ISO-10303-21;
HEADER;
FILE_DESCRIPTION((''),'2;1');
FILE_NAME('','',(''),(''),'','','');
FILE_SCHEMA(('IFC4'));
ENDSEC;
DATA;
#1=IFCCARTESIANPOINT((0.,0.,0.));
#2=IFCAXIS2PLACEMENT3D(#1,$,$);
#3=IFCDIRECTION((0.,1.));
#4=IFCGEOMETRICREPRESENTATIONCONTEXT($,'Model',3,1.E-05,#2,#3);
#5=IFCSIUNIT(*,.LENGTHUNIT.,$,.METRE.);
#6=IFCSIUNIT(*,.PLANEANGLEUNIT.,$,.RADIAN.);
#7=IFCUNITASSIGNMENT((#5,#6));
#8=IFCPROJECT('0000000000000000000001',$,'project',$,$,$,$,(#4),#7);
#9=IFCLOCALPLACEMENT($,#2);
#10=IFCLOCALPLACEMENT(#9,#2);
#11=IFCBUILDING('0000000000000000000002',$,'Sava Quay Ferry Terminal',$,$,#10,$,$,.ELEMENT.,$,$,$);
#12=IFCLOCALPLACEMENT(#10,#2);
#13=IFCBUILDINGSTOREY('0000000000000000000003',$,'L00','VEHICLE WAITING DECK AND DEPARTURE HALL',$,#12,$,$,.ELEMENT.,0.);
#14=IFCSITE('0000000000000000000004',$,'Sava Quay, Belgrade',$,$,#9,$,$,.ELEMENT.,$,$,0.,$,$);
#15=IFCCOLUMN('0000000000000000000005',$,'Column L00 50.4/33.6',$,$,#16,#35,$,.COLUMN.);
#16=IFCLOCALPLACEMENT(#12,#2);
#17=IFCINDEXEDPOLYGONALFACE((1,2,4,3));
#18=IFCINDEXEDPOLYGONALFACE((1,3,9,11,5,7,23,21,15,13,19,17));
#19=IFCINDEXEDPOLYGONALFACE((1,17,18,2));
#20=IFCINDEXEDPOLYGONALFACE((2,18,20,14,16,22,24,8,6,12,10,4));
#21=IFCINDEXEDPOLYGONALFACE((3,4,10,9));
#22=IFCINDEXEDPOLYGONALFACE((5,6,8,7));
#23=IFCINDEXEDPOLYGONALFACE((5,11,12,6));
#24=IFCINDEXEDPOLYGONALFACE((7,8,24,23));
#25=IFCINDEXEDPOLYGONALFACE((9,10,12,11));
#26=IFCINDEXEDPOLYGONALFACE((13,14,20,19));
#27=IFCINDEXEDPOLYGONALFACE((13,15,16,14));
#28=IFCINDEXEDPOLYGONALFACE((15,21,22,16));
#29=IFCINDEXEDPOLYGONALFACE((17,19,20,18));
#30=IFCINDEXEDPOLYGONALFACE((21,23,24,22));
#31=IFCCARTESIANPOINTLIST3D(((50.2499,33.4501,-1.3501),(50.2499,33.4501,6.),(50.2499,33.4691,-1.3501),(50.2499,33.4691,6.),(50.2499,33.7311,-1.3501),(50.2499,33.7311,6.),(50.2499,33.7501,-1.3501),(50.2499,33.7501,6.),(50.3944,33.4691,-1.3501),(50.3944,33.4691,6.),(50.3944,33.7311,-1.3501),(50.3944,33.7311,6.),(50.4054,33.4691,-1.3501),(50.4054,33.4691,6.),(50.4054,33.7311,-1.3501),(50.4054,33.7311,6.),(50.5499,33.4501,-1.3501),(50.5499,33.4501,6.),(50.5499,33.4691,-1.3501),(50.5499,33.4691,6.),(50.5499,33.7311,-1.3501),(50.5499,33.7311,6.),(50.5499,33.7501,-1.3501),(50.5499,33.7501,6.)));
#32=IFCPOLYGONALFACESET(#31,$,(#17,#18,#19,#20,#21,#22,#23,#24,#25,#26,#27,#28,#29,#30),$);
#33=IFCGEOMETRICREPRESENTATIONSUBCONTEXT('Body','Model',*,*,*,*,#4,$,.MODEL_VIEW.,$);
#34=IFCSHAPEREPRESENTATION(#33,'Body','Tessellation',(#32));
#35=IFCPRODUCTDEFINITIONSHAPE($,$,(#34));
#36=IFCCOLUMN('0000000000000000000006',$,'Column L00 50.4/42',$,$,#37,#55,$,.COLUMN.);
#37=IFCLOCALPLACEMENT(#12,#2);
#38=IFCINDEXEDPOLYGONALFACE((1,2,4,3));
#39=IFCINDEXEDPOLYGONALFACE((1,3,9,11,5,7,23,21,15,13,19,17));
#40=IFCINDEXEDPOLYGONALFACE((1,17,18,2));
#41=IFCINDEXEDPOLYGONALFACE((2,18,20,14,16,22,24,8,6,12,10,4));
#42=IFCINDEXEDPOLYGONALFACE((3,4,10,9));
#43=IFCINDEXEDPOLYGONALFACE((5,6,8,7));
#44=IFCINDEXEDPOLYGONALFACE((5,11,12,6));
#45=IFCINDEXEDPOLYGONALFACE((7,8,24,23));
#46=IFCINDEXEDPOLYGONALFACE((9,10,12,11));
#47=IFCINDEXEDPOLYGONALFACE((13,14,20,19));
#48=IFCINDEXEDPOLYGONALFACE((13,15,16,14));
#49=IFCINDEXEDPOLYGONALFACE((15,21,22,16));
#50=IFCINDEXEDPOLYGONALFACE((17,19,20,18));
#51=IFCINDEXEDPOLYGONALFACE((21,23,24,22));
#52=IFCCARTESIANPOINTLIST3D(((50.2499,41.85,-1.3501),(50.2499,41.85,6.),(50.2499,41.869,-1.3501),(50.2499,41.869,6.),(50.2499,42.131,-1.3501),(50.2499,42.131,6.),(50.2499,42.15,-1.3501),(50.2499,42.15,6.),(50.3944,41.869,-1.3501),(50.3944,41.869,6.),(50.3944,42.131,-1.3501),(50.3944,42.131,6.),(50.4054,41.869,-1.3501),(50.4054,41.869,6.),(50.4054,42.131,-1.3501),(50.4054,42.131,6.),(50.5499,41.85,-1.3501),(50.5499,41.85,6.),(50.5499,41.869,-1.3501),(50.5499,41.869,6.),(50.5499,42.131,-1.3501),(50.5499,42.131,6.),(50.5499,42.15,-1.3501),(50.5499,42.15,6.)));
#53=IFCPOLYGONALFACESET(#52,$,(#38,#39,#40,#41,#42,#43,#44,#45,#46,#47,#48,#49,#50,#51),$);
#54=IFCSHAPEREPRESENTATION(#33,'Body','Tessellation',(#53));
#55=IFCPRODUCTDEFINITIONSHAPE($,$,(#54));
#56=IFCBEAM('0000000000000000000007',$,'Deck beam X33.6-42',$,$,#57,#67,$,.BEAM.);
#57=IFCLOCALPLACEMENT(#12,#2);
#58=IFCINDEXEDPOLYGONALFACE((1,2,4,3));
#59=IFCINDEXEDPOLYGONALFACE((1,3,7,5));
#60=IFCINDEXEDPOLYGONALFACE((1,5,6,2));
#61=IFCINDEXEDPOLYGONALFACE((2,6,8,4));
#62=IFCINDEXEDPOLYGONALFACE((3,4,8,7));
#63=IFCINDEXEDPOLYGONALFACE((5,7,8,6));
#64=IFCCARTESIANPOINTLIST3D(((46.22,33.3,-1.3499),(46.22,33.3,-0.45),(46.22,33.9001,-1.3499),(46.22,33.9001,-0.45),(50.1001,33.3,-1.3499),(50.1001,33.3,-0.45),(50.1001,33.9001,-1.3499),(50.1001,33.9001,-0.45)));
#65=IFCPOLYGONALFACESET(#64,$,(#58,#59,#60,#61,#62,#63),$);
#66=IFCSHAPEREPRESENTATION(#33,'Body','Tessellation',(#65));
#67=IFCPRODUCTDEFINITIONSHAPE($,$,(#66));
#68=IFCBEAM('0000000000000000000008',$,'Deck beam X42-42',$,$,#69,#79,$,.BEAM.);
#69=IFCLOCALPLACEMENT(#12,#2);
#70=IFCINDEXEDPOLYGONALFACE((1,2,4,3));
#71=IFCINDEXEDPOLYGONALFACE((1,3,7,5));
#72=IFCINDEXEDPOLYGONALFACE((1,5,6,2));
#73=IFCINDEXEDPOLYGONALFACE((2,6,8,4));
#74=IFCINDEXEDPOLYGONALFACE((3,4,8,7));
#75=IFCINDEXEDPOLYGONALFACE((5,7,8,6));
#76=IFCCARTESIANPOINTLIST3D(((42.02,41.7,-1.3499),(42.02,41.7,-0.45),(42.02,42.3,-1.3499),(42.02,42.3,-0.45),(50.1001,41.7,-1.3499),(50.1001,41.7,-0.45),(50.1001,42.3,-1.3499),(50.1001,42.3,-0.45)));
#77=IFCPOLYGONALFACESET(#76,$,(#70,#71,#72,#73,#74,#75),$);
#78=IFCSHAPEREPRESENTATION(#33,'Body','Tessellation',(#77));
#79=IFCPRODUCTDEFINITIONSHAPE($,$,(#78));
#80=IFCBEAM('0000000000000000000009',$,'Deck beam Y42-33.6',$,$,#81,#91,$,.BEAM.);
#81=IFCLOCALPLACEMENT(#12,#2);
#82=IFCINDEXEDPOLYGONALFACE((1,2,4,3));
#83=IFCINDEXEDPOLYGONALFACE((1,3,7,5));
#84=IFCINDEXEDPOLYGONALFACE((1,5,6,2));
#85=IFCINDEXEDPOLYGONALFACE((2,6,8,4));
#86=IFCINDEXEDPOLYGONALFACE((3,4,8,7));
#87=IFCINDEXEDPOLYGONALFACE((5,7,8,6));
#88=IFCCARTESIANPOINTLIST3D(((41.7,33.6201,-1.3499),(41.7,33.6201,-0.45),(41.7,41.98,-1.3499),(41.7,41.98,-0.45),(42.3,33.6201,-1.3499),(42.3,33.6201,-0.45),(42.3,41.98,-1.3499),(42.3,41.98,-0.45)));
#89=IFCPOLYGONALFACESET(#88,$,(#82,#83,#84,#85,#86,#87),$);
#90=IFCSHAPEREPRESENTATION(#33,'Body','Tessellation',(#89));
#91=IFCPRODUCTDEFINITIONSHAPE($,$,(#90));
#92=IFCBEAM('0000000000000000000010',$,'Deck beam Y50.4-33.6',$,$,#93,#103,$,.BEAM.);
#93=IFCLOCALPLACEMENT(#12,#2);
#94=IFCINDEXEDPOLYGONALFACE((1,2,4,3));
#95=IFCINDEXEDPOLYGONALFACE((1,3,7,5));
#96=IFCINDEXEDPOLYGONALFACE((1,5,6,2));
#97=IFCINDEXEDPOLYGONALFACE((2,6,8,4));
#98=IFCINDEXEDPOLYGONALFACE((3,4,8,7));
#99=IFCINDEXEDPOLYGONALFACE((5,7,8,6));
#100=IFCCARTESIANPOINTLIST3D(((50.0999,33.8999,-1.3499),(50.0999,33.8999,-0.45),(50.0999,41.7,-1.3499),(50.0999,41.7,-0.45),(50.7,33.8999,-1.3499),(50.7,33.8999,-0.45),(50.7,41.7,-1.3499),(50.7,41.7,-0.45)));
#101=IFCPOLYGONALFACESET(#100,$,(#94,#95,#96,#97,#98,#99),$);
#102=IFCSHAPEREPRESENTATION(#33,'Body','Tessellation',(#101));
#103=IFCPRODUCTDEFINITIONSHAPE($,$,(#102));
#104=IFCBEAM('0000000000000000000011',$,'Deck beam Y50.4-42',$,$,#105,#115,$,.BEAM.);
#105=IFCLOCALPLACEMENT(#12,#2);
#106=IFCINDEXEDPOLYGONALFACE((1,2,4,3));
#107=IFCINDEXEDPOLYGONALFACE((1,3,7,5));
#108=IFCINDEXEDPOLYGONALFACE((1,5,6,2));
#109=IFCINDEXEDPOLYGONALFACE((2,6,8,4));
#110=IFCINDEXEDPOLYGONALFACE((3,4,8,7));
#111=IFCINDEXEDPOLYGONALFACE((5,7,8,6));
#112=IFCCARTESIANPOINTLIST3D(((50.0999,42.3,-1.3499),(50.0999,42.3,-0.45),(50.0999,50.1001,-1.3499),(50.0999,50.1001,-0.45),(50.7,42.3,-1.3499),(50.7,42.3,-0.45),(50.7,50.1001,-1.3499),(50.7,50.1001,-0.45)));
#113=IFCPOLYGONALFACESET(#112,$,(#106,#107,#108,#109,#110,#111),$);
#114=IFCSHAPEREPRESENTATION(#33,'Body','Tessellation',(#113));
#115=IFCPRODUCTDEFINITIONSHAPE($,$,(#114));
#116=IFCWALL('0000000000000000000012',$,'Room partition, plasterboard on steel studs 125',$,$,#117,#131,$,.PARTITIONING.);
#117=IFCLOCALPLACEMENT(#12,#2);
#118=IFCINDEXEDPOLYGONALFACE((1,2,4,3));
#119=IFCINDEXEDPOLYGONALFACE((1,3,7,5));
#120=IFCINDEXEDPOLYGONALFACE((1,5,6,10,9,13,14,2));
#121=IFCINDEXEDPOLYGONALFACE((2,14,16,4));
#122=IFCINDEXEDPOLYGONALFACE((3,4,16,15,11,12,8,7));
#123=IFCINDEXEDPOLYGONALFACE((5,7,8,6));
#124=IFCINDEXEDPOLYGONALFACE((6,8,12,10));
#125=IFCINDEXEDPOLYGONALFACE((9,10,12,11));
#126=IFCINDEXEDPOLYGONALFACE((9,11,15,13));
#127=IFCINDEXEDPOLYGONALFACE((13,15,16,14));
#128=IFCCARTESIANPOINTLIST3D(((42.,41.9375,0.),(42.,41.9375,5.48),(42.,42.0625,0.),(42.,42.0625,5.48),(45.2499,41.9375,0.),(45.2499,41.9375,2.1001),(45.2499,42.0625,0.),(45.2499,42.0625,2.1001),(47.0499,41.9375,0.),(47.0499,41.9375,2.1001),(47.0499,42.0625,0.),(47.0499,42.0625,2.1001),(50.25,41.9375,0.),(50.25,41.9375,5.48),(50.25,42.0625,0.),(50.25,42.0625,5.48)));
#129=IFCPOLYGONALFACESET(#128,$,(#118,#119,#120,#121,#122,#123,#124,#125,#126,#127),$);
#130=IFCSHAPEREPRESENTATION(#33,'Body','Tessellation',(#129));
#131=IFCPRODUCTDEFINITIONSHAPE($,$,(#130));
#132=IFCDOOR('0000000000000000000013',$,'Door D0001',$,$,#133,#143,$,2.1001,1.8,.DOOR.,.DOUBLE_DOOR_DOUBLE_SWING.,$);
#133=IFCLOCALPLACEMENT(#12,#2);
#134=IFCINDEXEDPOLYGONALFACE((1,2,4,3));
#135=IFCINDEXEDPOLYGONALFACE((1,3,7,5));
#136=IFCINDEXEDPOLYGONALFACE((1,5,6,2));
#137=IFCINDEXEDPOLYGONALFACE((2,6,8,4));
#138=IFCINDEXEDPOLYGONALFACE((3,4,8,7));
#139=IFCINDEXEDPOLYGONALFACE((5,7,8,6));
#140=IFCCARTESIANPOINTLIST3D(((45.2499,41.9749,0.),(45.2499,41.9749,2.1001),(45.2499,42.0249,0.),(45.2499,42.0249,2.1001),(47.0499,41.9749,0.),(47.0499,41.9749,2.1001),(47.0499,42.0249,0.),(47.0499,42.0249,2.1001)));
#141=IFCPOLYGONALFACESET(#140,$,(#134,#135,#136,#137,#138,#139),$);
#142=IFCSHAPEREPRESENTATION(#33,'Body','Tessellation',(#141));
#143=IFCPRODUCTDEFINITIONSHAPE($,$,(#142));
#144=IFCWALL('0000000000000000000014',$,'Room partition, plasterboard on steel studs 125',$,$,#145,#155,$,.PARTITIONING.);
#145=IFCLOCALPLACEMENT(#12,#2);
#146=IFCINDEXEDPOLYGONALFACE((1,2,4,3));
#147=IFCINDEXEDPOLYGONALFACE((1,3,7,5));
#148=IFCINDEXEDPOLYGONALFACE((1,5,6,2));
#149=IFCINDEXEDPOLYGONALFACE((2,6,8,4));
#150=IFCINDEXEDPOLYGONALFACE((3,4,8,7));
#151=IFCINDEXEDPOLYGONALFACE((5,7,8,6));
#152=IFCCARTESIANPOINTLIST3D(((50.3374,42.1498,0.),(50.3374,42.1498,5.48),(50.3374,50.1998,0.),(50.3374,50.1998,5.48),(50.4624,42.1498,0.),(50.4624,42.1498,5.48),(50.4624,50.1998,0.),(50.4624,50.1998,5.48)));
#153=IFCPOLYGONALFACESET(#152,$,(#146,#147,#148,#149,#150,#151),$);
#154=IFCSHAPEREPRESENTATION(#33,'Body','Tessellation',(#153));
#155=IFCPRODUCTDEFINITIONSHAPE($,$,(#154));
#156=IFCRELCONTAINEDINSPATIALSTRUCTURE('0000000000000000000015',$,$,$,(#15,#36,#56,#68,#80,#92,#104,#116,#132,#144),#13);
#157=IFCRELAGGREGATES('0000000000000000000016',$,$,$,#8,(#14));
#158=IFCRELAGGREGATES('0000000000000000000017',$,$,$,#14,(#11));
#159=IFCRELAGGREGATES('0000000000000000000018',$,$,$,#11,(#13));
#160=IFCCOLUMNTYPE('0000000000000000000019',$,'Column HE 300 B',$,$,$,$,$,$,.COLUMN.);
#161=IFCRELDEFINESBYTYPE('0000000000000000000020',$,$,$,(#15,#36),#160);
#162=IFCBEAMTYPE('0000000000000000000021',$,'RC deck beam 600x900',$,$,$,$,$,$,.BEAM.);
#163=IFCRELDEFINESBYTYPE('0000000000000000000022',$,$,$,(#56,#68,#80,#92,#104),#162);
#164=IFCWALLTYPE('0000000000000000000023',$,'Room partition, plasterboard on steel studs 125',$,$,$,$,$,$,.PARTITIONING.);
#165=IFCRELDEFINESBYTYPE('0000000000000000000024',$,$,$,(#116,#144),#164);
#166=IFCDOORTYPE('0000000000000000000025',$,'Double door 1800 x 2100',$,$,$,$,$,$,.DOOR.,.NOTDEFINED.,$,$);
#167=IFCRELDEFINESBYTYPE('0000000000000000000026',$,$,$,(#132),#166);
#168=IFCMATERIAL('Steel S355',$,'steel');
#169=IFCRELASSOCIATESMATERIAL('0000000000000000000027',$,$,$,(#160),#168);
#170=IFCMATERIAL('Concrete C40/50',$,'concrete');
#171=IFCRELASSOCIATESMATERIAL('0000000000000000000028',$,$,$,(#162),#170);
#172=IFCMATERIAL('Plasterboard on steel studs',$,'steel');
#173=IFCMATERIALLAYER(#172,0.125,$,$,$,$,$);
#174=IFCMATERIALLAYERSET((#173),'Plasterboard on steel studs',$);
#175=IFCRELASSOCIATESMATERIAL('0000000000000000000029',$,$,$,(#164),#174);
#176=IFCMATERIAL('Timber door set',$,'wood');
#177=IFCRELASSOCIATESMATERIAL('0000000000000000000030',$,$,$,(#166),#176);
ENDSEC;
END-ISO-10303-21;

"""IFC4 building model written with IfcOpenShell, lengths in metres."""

from ifc_helpers import new_model, si_unit, direction, frame, frame_2d, origin, origin_2d, place, context, subcontext, project, spatial, rectangle, i_section, extrude, material, layer, layer_set, material_profile, profile_set, type_object, element, fill, save


model = new_model("IFC4")

# Units and contexts
model_context = context("Model", 3, precision=1e-05, world=origin(), true_north=direction((0.0, 1.0)))
body_context = subcontext(model_context, "Body", "Model", "MODEL_VIEW")
ifc_project = project(units=[si_unit("LENGTHUNIT", "METRE"), si_unit("PLANEANGLEUNIT", "RADIAN")], contexts=[model_context])

# Site, building, storey
site_placement = place(None, origin())
site = spatial("IfcSite", under=ifc_project, at=site_placement, Name="Sava Quay, Belgrade", CompositionType="ELEMENT", RefElevation=0.0)
building_placement = place(site_placement, origin())
building = spatial("IfcBuilding", under=site, at=building_placement, Name="Sava Quay Ferry Terminal", CompositionType="ELEMENT")
storey_placement = place(building_placement, origin())
storey = spatial("IfcBuildingStorey", under=building, at=storey_placement, Name="L00", Description="VEHICLE WAITING DECK AND DEPARTURE HALL", CompositionType="ELEMENT", Elevation=0.0)

# Columns
ifc_material_1 = material(Name="Steel S355", Category="steel")
ifc_material_profile_1 = material_profile(ifc_material_1, i_section(OverallWidth=0.3, OverallDepth=0.3, WebThickness=0.011, FlangeThickness=0.019, at=origin_2d()), Name="HE 300 B")
ifc_profile_set_1 = profile_set([ifc_material_profile_1], Name="Steel S355")
column_type = type_object("IfcColumnType", Name="Column HE 300 B", PredefinedType="COLUMN", material=ifc_profile_set_1)
for number, where, z_axis, x_axis, name in (
    (1, (50.3999, 33.6001, -1.3501), (0.0, 0.0, 1.0), (1.0, 0.0, 0.0), "Column L00 50.4/33.6"),
    (2, (50.3999, 42.0, -1.3501), (0.0, 0.0, 1.0), (1.0, 0.0, 0.0), "Column L00 50.4/42"),
):
    element("IfcColumn", number, at=place(storey_placement, frame(where, z_axis=z_axis, x_axis=x_axis)), inside=storey, type_object=column_type, Name=name, PredefinedType="COLUMN", context=body_context, shape_type="SweptSolid", body=[
        extrude(i_section(OverallWidth=0.3, OverallDepth=0.3, WebThickness=0.011, FlangeThickness=0.019, at=origin_2d()), origin(), (0.0, 0.0, 1.0), 7.3501),
    ])

# Beams
ifc_material_2 = material(Name="Concrete C40/50", Category="concrete")
ifc_material_profile_2 = material_profile(ifc_material_2, rectangle(XDim=0.6001, YDim=0.8999, at=origin_2d()), Name="RC 600x900")
ifc_profile_set_2 = profile_set([ifc_material_profile_2], Name="Concrete C40/50")
beam_type = type_object("IfcBeamType", Name="RC deck beam 600x900", PredefinedType="BEAM", material=ifc_profile_set_2)
beam_1_placement = place(storey_placement, frame((46.22, 33.6001, -0.8999), z_axis=(1.0, 0.0, 0.0), x_axis=(0.0, 1.0, 0.0)))
element("IfcBeam", 3, at=beam_1_placement, inside=storey, type_object=beam_type, Name="Deck beam X33.6-42", PredefinedType="BEAM", context=body_context, shape_type="SweptSolid", body=[
    extrude(rectangle(XDim=0.6001, YDim=0.8999, at=origin_2d()), origin(), (0.0, 0.0, 1.0), 3.8801),
])
beam_2_placement = place(storey_placement, frame((42.02, 42.0, -0.8999), z_axis=(1.0, 0.0, 0.0), x_axis=(0.0, 1.0, 0.0)))
element("IfcBeam", 4, at=beam_2_placement, inside=storey, type_object=beam_type, Name="Deck beam X42-42", PredefinedType="BEAM", context=body_context, shape_type="SweptSolid", body=[
    extrude(rectangle(XDim=0.6001, YDim=0.8999, at=origin_2d()), origin(), (0.0, 0.0, 1.0), 8.0801),
])
beam_3_placement = place(storey_placement, frame((42.0, 33.6201, -0.8999), z_axis=(0.0, 1.0, 0.0), x_axis=(-1.0, 0.0, 0.0)))
element("IfcBeam", 5, at=beam_3_placement, inside=storey, type_object=beam_type, Name="Deck beam Y42-33.6", PredefinedType="BEAM", context=body_context, shape_type="SweptSolid", body=[
    extrude(rectangle(XDim=0.6001, YDim=0.8999, at=origin_2d()), origin(), (0.0, 0.0, 1.0), 8.3599),
])
for number, where, z_axis, x_axis, name in (
    (6, (50.3999, 33.8999, -0.8999), (0.0, 1.0, 0.0), (-1.0, 0.0, 0.0), "Deck beam Y50.4-33.6"),
    (7, (50.3999, 42.3, -0.8999), (0.0, 1.0, 0.0), (-1.0, 0.0, 0.0), "Deck beam Y50.4-42"),
):
    element("IfcBeam", number, at=place(storey_placement, frame(where, z_axis=z_axis, x_axis=x_axis)), inside=storey, type_object=beam_type, Name=name, PredefinedType="BEAM", context=body_context, shape_type="SweptSolid", body=[
        extrude(rectangle(XDim=0.6001, YDim=0.8999, at=origin_2d()), origin(), (0.0, 0.0, 1.0), 7.8),
    ])

# Wall, opening, door
ifc_material_3 = material(Name="Plasterboard on steel studs", Category="steel")
ifc_layer_1 = layer(ifc_material_3, 0.125)
ifc_layer_set_1 = layer_set([ifc_layer_1], Name="Plasterboard on steel studs")
wall_type_1 = type_object("IfcWallType", Name="Room partition, plasterboard on steel studs 125", PredefinedType="PARTITIONING", material=ifc_layer_set_1)
wall_1_placement = place(storey_placement, frame((42.0, 42.0, 0.0), z_axis=(0.0, 0.0, 1.0), x_axis=(1.0, 0.0, 0.0)))
wall_1 = element("IfcWall", 8, at=wall_1_placement, inside=storey, type_object=wall_type_1, Name="Room partition, plasterboard on steel studs 125", PredefinedType="PARTITIONING", context=body_context, shape_type="SweptSolid", body=[
    extrude(rectangle(XDim=8.25, YDim=0.125, at=frame_2d((4.125, 0.0))), origin(), (0.0, 0.0, 1.0), 5.48),
])
opening_1_placement = place(wall_1_placement, frame((3.25, 0.0, 0.0)))
opening_1 = element("IfcOpeningElement", 9, at=opening_1_placement, cuts=wall_1, PredefinedType="OPENING", context=body_context, shape_type="SweptSolid", body=[
    extrude(rectangle(XDim=1.8, YDim=2.1001, at=frame_2d((0.8999, 1.05))), frame((0.0, 0.0625, 0.0), z_axis=(0.0, -1.0, 0.0), x_axis=(1.0, 0.0, 0.0)), (0.0, 0.0, 1.0), 0.125),
])
ifc_material_4 = material(Name="Timber door set", Category="wood")
door_type_1 = type_object("IfcDoorType", Name="Double door 1800 x 2100", OperationType="NOTDEFINED", PredefinedType="DOOR", material=ifc_material_4)
door_1_placement = place(opening_1_placement, origin())
door_1 = element("IfcDoor", 10, at=door_1_placement, inside=storey, type_object=door_type_1, Name="Door D0001", OperationType="DOUBLE_DOOR_DOUBLE_SWING", OverallHeight=2.1001, OverallWidth=1.8, PredefinedType="DOOR", context=body_context, shape_type="SweptSolid", body=[
    extrude(rectangle(XDim=1.8, YDim=2.1001, at=frame_2d((0.8999, 1.05))), frame((0.0, 0.0249, 0.0), z_axis=(0.0, -1.0, 0.0), x_axis=(1.0, 0.0, 0.0)), (0.0, 0.0, 1.0), 0.05),
])
fill(opening_1, door_1)

# Wall
wall_2_placement = place(storey_placement, frame((50.3999, 42.1499, 0.0), z_axis=(0.0, 0.0, 1.0), x_axis=(0.0, 1.0, 0.0)))
element("IfcWall", 11, at=wall_2_placement, inside=storey, type_object=wall_type_1, Name="Room partition, plasterboard on steel studs 125", PredefinedType="PARTITIONING", context=body_context, shape_type="SweptSolid", body=[
    extrude(rectangle(XDim=8.05, YDim=0.125, at=frame_2d((4.0249, 0.0))), origin(), (0.0, 0.0, 1.0), 5.48),
])

save(model, "model.ifc")
